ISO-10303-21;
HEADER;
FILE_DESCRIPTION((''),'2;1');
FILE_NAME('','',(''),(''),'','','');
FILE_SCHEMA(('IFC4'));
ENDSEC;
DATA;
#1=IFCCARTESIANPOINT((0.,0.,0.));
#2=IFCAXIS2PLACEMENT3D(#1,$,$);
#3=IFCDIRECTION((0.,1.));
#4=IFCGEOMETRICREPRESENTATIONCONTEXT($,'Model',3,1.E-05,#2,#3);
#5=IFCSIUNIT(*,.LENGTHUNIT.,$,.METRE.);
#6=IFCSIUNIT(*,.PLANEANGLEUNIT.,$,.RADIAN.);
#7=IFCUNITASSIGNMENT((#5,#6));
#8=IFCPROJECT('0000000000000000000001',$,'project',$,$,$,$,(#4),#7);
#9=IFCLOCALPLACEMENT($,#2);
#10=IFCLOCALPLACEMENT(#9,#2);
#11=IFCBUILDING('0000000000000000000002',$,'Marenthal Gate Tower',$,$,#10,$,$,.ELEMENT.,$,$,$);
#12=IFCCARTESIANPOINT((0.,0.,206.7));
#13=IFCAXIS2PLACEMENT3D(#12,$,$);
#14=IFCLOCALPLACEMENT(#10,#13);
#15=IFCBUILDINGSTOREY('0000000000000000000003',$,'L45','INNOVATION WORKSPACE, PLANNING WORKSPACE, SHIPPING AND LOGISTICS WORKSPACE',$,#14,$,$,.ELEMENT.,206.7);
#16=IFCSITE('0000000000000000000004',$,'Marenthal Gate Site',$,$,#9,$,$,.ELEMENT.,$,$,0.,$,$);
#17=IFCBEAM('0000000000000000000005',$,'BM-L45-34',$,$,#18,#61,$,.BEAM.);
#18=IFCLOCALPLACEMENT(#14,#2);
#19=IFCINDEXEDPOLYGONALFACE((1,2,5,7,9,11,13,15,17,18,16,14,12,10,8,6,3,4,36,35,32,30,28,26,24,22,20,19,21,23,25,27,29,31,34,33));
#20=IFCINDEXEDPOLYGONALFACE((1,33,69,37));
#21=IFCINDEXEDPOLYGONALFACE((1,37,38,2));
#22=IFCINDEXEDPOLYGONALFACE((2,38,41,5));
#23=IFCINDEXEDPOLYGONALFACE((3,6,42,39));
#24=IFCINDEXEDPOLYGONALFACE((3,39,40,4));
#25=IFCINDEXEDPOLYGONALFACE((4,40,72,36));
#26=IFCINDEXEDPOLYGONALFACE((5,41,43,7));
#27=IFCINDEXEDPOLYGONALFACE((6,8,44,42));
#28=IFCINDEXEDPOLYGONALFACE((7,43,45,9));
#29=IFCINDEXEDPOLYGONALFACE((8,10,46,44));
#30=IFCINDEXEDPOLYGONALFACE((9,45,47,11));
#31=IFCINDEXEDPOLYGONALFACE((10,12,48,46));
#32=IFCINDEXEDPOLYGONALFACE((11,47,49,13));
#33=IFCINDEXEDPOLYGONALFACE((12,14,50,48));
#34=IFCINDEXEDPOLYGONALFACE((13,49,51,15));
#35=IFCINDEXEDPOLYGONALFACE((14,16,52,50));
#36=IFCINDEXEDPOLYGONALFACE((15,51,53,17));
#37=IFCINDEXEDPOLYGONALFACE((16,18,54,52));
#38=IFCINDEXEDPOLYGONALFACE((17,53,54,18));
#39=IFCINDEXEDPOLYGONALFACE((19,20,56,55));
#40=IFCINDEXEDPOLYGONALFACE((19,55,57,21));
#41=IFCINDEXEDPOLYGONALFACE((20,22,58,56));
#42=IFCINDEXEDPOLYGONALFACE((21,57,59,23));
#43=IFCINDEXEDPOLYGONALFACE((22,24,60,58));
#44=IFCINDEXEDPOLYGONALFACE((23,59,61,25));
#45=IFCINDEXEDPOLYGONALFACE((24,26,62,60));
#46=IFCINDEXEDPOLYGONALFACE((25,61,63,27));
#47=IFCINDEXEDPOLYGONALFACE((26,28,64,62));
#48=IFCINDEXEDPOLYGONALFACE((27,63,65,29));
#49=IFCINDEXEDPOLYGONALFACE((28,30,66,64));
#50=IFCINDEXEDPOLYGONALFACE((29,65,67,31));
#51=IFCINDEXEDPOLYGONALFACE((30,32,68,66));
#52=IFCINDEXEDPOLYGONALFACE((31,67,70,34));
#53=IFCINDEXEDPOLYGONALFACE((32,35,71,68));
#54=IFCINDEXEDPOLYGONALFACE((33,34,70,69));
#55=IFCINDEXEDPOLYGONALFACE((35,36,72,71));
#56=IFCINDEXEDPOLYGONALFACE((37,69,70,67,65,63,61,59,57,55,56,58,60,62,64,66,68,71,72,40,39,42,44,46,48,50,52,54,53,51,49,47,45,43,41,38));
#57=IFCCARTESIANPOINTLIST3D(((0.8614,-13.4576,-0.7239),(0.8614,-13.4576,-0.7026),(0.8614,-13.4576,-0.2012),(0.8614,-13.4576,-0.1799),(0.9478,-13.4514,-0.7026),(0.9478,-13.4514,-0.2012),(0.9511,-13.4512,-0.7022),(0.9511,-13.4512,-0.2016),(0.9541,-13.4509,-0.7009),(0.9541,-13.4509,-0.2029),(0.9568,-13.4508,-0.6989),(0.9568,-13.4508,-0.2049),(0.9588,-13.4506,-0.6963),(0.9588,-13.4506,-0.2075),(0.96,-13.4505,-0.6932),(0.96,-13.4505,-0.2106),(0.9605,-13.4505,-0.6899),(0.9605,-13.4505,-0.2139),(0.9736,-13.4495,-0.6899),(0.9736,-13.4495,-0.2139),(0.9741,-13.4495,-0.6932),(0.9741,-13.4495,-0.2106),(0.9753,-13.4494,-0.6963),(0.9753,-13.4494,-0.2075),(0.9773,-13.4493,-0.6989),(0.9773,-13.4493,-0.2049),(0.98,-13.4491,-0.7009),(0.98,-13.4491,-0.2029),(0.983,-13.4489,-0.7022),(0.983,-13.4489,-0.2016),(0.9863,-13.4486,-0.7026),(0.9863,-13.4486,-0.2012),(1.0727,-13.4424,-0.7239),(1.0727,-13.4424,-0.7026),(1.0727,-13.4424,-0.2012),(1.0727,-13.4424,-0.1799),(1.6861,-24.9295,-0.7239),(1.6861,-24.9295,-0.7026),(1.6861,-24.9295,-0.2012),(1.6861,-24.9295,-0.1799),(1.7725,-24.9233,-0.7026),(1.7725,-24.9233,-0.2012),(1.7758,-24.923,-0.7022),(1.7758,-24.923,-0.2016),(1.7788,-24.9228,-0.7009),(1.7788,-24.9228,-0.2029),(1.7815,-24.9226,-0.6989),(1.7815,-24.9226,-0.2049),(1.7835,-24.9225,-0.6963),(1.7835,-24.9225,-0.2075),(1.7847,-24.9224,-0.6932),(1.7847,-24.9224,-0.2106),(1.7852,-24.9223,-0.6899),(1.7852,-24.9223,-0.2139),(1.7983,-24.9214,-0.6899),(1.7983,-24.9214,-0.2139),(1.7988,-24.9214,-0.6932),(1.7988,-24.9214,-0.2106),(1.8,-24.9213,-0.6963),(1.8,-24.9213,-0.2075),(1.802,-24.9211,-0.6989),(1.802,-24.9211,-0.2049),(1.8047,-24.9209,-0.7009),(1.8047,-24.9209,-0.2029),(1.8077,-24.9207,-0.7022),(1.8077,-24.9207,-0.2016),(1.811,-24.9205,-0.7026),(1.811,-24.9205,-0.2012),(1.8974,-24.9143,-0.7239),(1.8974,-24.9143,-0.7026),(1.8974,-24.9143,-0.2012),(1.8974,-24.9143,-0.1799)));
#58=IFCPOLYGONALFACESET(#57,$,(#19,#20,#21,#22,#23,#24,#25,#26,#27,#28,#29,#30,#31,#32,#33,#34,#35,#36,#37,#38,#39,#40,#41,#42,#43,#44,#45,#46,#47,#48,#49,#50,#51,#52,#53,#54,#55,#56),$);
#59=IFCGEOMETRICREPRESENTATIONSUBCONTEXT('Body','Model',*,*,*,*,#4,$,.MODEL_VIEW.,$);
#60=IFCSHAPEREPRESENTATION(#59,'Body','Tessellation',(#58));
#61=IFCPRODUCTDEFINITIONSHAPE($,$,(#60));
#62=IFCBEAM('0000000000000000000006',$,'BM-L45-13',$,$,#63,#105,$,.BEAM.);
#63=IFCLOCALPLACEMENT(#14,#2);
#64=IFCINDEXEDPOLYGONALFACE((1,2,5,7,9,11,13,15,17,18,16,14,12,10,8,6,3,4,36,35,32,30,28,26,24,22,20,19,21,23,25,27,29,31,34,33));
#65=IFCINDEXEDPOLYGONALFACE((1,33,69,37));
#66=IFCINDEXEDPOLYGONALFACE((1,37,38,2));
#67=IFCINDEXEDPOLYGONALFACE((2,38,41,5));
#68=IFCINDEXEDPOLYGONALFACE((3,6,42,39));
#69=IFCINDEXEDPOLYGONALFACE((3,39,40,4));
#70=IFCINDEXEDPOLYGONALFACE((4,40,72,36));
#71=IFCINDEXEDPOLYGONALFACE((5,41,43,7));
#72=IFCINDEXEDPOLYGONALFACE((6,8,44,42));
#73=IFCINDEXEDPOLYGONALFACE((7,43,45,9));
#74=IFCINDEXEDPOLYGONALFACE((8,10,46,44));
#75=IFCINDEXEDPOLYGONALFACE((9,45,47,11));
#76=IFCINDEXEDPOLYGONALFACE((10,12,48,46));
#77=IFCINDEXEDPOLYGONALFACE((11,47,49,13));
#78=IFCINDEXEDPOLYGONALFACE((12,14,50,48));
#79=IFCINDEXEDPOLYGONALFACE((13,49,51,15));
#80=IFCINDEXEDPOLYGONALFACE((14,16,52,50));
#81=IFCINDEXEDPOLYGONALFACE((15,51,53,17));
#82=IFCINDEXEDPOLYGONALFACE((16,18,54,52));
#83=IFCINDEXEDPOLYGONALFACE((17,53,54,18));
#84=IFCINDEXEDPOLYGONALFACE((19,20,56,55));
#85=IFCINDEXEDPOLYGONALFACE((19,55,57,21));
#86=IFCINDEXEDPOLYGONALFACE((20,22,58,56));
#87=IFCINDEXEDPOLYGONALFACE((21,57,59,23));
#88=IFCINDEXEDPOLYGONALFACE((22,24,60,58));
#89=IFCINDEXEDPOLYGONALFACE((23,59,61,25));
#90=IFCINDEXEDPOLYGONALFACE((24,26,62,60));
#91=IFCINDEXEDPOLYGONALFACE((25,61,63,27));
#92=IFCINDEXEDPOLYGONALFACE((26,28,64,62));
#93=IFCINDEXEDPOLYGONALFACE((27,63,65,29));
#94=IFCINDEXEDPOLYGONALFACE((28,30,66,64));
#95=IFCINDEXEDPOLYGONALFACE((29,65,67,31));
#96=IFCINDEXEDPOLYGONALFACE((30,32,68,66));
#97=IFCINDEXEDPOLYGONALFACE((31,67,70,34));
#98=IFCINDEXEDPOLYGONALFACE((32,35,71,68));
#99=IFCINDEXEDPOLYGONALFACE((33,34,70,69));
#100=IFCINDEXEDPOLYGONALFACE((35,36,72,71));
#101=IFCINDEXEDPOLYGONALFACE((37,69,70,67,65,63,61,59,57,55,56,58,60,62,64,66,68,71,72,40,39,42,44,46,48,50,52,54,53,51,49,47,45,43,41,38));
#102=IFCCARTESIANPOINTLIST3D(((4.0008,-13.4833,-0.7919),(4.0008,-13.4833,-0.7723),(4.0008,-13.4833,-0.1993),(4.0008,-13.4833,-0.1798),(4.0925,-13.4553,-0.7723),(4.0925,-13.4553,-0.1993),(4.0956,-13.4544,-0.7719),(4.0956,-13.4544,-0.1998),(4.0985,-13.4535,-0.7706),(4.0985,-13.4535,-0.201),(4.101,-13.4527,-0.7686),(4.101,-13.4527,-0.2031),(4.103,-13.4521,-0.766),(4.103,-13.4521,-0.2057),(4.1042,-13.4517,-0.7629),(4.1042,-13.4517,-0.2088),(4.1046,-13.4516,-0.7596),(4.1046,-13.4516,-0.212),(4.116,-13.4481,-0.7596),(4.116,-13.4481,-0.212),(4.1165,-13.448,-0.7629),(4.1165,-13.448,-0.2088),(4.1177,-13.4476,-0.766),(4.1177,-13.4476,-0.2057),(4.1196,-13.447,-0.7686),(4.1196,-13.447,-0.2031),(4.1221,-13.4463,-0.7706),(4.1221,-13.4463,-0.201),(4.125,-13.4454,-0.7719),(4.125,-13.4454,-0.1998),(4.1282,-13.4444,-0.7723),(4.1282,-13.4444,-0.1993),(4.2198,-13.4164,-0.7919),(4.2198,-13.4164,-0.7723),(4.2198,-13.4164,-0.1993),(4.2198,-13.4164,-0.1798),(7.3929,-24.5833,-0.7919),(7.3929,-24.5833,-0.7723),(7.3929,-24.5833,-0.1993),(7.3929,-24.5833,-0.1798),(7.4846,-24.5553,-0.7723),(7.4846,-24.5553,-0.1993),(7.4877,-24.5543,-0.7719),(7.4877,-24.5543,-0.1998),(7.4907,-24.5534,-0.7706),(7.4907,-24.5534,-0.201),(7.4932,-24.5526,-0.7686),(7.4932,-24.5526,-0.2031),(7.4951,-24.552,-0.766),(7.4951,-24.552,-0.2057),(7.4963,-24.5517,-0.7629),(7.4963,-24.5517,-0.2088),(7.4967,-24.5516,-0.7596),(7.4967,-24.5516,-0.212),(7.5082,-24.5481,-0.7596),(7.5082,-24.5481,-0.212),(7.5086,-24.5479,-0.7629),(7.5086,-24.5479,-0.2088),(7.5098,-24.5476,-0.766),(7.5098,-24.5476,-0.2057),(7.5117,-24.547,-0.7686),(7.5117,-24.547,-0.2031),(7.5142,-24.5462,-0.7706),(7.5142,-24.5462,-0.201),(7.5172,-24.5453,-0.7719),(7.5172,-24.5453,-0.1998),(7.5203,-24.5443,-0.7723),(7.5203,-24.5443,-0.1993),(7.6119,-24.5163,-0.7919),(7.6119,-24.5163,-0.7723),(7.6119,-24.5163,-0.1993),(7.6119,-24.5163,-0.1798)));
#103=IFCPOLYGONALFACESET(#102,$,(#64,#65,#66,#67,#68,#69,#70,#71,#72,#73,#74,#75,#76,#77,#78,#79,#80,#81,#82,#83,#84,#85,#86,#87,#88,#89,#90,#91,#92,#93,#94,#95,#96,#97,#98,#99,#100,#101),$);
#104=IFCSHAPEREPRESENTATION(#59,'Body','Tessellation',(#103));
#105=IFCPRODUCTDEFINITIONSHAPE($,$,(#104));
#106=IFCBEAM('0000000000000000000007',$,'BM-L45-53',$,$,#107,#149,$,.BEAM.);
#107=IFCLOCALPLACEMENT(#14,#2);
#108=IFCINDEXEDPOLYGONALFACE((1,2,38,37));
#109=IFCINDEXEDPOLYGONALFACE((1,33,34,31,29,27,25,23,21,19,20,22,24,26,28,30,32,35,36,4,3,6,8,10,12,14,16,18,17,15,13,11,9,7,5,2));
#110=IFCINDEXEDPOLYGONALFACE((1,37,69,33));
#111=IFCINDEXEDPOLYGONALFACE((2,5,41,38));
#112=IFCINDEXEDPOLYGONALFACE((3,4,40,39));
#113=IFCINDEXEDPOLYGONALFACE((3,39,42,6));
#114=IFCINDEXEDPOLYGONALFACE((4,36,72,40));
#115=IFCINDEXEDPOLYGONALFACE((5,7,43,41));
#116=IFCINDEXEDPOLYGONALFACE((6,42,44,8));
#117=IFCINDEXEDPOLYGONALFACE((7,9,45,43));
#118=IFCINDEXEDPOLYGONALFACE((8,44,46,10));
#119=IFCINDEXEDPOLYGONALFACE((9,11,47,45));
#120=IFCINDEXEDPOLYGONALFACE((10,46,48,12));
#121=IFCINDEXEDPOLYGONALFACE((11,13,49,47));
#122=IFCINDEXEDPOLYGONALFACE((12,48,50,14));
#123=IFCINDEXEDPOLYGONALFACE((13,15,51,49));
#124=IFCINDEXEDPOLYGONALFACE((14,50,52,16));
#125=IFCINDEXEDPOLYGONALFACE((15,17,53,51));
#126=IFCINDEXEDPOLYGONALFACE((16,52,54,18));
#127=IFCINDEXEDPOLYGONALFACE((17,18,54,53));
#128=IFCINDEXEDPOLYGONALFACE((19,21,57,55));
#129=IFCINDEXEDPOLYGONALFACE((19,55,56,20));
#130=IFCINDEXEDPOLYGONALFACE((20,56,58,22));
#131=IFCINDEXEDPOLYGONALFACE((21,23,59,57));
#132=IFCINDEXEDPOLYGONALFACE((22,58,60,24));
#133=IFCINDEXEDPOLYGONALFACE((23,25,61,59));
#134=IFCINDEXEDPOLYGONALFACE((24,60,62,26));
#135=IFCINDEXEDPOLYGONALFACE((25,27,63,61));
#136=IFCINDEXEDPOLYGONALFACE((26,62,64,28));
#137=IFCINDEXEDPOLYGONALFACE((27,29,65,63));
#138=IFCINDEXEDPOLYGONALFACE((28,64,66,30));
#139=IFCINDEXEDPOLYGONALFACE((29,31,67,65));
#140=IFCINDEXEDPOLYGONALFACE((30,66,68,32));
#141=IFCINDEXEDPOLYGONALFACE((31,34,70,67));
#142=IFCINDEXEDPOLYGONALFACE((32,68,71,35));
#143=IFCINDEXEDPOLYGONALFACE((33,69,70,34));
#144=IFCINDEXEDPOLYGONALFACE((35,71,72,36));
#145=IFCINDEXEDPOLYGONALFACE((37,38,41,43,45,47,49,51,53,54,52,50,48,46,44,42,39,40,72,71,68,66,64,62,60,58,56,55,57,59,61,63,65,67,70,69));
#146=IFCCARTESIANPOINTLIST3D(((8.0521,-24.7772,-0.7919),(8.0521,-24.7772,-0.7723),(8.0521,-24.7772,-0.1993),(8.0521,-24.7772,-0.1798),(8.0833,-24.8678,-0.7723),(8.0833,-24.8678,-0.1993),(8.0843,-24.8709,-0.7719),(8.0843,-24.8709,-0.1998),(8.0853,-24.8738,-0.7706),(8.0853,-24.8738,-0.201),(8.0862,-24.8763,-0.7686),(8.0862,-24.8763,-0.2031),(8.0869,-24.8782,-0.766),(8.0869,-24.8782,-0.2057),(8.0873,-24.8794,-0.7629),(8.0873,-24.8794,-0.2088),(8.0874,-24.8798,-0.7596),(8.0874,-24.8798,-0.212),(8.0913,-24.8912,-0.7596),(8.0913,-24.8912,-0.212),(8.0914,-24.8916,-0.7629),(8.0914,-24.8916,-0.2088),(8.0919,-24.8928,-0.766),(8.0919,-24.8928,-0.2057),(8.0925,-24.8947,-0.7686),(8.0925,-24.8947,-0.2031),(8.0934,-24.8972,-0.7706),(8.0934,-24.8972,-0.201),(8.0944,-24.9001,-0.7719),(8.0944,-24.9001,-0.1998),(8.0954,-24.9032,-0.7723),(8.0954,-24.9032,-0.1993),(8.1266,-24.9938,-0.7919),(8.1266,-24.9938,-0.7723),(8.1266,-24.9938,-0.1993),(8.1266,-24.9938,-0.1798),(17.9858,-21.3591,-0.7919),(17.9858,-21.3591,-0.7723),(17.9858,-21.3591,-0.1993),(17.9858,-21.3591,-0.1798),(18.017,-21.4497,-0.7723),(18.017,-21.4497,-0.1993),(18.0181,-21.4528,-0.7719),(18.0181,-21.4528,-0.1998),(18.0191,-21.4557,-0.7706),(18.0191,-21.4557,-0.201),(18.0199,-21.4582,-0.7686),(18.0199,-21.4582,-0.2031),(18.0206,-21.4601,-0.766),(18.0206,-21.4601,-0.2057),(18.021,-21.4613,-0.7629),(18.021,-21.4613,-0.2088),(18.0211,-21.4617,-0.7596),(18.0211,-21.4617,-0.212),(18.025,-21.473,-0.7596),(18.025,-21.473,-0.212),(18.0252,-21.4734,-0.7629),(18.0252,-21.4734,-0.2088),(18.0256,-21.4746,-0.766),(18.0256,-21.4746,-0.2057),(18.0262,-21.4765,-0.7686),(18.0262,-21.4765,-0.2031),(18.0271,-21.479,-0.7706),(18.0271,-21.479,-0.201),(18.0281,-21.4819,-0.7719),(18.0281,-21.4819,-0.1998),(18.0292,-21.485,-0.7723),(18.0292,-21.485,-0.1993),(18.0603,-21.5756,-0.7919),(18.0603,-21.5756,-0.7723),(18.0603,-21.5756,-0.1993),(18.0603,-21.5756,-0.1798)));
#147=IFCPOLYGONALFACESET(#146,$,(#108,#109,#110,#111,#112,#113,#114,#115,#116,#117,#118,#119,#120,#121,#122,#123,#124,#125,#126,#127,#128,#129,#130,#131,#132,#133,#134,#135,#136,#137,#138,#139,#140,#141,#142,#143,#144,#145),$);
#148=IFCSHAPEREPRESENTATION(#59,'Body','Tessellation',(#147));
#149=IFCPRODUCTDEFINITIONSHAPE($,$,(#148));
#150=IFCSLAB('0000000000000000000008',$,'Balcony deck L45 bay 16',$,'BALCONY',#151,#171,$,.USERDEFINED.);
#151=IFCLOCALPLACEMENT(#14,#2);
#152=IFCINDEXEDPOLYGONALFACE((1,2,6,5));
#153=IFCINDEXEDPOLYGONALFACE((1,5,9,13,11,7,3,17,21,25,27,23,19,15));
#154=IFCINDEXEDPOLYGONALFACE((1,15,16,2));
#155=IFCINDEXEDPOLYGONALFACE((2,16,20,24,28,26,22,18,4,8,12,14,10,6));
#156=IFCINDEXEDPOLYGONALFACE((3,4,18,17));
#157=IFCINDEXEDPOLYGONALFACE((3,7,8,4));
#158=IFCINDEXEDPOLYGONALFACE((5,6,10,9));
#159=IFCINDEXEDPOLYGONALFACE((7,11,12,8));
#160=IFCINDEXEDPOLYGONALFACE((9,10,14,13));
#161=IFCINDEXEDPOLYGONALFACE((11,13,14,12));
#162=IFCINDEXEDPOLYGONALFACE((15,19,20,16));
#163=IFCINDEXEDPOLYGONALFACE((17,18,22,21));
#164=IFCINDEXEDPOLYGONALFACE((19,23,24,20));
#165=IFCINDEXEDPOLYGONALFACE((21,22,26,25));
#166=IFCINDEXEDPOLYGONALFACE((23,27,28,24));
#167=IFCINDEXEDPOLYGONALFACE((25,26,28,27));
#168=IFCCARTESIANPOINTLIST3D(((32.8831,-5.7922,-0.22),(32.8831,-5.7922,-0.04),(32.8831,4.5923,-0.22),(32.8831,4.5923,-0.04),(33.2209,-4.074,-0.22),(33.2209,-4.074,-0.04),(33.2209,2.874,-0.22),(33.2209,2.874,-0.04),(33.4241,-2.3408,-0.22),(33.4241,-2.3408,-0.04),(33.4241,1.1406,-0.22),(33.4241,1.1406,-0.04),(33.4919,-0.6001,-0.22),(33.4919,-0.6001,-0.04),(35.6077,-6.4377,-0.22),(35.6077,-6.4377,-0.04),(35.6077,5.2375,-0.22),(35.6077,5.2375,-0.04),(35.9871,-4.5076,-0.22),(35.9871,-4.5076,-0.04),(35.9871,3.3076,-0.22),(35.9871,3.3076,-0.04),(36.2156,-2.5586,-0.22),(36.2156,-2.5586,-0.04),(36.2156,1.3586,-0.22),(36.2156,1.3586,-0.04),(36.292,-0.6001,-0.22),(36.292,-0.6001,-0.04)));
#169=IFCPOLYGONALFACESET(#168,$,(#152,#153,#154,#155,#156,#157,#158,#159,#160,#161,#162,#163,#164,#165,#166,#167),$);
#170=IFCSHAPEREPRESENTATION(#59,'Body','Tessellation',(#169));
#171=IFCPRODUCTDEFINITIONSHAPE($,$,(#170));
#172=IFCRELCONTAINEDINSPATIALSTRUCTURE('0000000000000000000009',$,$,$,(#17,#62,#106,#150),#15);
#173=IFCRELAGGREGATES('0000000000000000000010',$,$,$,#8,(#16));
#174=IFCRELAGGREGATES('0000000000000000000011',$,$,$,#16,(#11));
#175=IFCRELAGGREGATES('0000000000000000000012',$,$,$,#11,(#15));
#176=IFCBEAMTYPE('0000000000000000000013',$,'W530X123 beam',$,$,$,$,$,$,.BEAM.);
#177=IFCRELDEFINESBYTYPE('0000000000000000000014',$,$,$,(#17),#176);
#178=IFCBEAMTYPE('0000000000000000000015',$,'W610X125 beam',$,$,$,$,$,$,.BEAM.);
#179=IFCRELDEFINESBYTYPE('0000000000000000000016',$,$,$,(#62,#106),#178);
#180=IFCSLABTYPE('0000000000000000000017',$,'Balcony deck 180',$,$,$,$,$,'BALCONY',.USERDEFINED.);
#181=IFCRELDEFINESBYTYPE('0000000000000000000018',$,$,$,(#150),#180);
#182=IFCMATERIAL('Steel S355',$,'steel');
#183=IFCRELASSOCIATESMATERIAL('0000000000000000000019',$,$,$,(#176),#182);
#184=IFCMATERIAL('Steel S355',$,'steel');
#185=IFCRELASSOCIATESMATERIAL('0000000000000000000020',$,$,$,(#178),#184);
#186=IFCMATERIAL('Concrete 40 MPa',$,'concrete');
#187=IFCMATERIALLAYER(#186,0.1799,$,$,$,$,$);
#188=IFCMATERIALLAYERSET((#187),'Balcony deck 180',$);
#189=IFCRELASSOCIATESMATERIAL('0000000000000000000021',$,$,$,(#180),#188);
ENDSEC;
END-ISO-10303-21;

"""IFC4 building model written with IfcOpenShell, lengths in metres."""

from ifc_helpers import new_model, si_unit, direction, frame, origin, origin_2d, place, context, subcontext, project, spatial, polyline, i_section, outline, extrude, material, layer, layer_set, material_profile, profile_set, type_object, element, save


model = new_model("IFC4")

# Units and contexts
model_context = context("Model", 3, precision=1e-05, world=origin(), true_north=direction((0.0, 1.0)))
body_context = subcontext(model_context, "Body", "Model", "MODEL_VIEW")
ifc_project = project(units=[si_unit("LENGTHUNIT", "METRE"), si_unit("PLANEANGLEUNIT", "RADIAN")], contexts=[model_context])

# Site, building, storey
site_placement = place(None, origin())
site = spatial("IfcSite", under=ifc_project, at=site_placement, Name="Marenthal Gate Site", CompositionType="ELEMENT", RefElevation=0.0)
building_placement = place(site_placement, origin())
building = spatial("IfcBuilding", under=site, at=building_placement, Name="Marenthal Gate Tower", CompositionType="ELEMENT")
storey_placement = place(building_placement, frame((0.0, 0.0, 206.7)))
storey = spatial("IfcBuildingStorey", under=building, at=storey_placement, Name="L45", Description="INNOVATION WORKSPACE, PLANNING WORKSPACE, SHIPPING AND LOGISTICS WORKSPACE", CompositionType="ELEMENT", Elevation=206.7)

# Beams
ifc_material_1 = material(Name="Steel S355", Category="steel")
ifc_material_profile_1 = material_profile(ifc_material_1, i_section(OverallWidth=0.2119, OverallDepth=0.5439, WebThickness=0.0132, FlangeThickness=0.0212, FilletRadius=0.0127, at=origin_2d()), Name="W530X123")
ifc_profile_set_1 = profile_set([ifc_material_profile_1], Name="Steel S355")
beam_type_1 = type_object("IfcBeamType", Name="W530X123 beam", PredefinedType="BEAM", material=ifc_profile_set_1)
beam_1_placement = place(storey_placement, frame((1.7917, -24.9219, -0.4519), z_axis=(-0.071704, 0.997426, 0.0), x_axis=(-0.997426, -0.071704, 0.0)))
element("IfcBeam", 1, at=beam_1_placement, inside=storey, type_object=beam_type_1, Name="BM-L45-34", PredefinedType="BEAM", context=body_context, shape_type="SweptSolid", body=[
    extrude(i_section(OverallWidth=0.2119, OverallDepth=0.5439, WebThickness=0.0132, FlangeThickness=0.0212, FilletRadius=0.0127, at=origin_2d()), origin(), (0.0, 0.0, 1.0), 11.5015),
])
ifc_material_2 = material(Name="Steel S355", Category="steel")
ifc_material_profile_2 = material_profile(ifc_material_2, i_section(OverallWidth=0.229, OverallDepth=0.6121, WebThickness=0.012, FlangeThickness=0.0195, FilletRadius=0.0127, at=origin_2d()), Name="W610X125")
ifc_profile_set_2 = profile_set([ifc_material_profile_2], Name="Steel S355")
beam_type_2 = type_object("IfcBeamType", Name="W610X125 beam", PredefinedType="BEAM", material=ifc_profile_set_2)
beam_2_placement = place(storey_placement, frame((7.5024, -24.5498, -0.4858), z_axis=(-0.292255, 0.95634, 0.0), x_axis=(-0.95634, -0.292255, 0.0)))
element("IfcBeam", 2, at=beam_2_placement, inside=storey, type_object=beam_type_2, Name="BM-L45-13", PredefinedType="BEAM", context=body_context, shape_type="SweptSolid", body=[
    extrude(i_section(OverallWidth=0.229, OverallDepth=0.6121, WebThickness=0.012, FlangeThickness=0.0195, FilletRadius=0.0127, at=origin_2d()), origin(), (0.0, 0.0, 1.0), 11.6067),
])
beam_3_placement = place(storey_placement, frame((8.0894, -24.8855, -0.4858), z_axis=(0.945585, 0.325374, 0.0), x_axis=(-0.325374, 0.945585, 0.0)))
element("IfcBeam", 3, at=beam_3_placement, inside=storey, type_object=beam_type_2, Name="BM-L45-53", PredefinedType="BEAM", context=body_context, shape_type="SweptSolid", body=[
    extrude(i_section(OverallWidth=0.229, OverallDepth=0.6121, WebThickness=0.012, FlangeThickness=0.0195, FilletRadius=0.0127, at=origin_2d()), origin(), (0.0, 0.0, 1.0), 10.5054),
])

# Slab
ifc_material_3 = material(Name="Concrete 40 MPa", Category="concrete")
ifc_layer_1 = layer(ifc_material_3, 0.1799)
ifc_layer_set_1 = layer_set([ifc_layer_1], Name="Balcony deck 180")
slab_type_1 = type_object("IfcSlabType", Name="Balcony deck 180", ElementType="BALCONY", PredefinedType="USERDEFINED", material=ifc_layer_set_1)
slab_1_placement = place(storey_placement, frame((0.0, 0.0, -0.22)))
element("IfcSlab", 4, at=slab_1_placement, inside=storey, type_object=slab_type_1, Name="Balcony deck L45 bay 16", ObjectType="BALCONY", PredefinedType="USERDEFINED", context=body_context, shape_type="SweptSolid", body=[
    extrude(outline(polyline([(32.8831, -5.7922), (33.2209, -4.074), (33.4241, -2.3408), (33.4919, -0.6001), (33.4241, 1.1406), (33.2209, 2.874), (32.8831, 4.5923), (35.6077, 5.2375), (35.9871, 3.3076), (36.2156, 1.3586), (36.292, -0.6001), (36.2156, -2.5586), (35.9871, -4.5076), (35.6077, -6.4377), (32.8831, -5.7922)])), origin(), (0.0, 0.0, 1.0), 0.1799),
])

save(model, "model.ifc")
